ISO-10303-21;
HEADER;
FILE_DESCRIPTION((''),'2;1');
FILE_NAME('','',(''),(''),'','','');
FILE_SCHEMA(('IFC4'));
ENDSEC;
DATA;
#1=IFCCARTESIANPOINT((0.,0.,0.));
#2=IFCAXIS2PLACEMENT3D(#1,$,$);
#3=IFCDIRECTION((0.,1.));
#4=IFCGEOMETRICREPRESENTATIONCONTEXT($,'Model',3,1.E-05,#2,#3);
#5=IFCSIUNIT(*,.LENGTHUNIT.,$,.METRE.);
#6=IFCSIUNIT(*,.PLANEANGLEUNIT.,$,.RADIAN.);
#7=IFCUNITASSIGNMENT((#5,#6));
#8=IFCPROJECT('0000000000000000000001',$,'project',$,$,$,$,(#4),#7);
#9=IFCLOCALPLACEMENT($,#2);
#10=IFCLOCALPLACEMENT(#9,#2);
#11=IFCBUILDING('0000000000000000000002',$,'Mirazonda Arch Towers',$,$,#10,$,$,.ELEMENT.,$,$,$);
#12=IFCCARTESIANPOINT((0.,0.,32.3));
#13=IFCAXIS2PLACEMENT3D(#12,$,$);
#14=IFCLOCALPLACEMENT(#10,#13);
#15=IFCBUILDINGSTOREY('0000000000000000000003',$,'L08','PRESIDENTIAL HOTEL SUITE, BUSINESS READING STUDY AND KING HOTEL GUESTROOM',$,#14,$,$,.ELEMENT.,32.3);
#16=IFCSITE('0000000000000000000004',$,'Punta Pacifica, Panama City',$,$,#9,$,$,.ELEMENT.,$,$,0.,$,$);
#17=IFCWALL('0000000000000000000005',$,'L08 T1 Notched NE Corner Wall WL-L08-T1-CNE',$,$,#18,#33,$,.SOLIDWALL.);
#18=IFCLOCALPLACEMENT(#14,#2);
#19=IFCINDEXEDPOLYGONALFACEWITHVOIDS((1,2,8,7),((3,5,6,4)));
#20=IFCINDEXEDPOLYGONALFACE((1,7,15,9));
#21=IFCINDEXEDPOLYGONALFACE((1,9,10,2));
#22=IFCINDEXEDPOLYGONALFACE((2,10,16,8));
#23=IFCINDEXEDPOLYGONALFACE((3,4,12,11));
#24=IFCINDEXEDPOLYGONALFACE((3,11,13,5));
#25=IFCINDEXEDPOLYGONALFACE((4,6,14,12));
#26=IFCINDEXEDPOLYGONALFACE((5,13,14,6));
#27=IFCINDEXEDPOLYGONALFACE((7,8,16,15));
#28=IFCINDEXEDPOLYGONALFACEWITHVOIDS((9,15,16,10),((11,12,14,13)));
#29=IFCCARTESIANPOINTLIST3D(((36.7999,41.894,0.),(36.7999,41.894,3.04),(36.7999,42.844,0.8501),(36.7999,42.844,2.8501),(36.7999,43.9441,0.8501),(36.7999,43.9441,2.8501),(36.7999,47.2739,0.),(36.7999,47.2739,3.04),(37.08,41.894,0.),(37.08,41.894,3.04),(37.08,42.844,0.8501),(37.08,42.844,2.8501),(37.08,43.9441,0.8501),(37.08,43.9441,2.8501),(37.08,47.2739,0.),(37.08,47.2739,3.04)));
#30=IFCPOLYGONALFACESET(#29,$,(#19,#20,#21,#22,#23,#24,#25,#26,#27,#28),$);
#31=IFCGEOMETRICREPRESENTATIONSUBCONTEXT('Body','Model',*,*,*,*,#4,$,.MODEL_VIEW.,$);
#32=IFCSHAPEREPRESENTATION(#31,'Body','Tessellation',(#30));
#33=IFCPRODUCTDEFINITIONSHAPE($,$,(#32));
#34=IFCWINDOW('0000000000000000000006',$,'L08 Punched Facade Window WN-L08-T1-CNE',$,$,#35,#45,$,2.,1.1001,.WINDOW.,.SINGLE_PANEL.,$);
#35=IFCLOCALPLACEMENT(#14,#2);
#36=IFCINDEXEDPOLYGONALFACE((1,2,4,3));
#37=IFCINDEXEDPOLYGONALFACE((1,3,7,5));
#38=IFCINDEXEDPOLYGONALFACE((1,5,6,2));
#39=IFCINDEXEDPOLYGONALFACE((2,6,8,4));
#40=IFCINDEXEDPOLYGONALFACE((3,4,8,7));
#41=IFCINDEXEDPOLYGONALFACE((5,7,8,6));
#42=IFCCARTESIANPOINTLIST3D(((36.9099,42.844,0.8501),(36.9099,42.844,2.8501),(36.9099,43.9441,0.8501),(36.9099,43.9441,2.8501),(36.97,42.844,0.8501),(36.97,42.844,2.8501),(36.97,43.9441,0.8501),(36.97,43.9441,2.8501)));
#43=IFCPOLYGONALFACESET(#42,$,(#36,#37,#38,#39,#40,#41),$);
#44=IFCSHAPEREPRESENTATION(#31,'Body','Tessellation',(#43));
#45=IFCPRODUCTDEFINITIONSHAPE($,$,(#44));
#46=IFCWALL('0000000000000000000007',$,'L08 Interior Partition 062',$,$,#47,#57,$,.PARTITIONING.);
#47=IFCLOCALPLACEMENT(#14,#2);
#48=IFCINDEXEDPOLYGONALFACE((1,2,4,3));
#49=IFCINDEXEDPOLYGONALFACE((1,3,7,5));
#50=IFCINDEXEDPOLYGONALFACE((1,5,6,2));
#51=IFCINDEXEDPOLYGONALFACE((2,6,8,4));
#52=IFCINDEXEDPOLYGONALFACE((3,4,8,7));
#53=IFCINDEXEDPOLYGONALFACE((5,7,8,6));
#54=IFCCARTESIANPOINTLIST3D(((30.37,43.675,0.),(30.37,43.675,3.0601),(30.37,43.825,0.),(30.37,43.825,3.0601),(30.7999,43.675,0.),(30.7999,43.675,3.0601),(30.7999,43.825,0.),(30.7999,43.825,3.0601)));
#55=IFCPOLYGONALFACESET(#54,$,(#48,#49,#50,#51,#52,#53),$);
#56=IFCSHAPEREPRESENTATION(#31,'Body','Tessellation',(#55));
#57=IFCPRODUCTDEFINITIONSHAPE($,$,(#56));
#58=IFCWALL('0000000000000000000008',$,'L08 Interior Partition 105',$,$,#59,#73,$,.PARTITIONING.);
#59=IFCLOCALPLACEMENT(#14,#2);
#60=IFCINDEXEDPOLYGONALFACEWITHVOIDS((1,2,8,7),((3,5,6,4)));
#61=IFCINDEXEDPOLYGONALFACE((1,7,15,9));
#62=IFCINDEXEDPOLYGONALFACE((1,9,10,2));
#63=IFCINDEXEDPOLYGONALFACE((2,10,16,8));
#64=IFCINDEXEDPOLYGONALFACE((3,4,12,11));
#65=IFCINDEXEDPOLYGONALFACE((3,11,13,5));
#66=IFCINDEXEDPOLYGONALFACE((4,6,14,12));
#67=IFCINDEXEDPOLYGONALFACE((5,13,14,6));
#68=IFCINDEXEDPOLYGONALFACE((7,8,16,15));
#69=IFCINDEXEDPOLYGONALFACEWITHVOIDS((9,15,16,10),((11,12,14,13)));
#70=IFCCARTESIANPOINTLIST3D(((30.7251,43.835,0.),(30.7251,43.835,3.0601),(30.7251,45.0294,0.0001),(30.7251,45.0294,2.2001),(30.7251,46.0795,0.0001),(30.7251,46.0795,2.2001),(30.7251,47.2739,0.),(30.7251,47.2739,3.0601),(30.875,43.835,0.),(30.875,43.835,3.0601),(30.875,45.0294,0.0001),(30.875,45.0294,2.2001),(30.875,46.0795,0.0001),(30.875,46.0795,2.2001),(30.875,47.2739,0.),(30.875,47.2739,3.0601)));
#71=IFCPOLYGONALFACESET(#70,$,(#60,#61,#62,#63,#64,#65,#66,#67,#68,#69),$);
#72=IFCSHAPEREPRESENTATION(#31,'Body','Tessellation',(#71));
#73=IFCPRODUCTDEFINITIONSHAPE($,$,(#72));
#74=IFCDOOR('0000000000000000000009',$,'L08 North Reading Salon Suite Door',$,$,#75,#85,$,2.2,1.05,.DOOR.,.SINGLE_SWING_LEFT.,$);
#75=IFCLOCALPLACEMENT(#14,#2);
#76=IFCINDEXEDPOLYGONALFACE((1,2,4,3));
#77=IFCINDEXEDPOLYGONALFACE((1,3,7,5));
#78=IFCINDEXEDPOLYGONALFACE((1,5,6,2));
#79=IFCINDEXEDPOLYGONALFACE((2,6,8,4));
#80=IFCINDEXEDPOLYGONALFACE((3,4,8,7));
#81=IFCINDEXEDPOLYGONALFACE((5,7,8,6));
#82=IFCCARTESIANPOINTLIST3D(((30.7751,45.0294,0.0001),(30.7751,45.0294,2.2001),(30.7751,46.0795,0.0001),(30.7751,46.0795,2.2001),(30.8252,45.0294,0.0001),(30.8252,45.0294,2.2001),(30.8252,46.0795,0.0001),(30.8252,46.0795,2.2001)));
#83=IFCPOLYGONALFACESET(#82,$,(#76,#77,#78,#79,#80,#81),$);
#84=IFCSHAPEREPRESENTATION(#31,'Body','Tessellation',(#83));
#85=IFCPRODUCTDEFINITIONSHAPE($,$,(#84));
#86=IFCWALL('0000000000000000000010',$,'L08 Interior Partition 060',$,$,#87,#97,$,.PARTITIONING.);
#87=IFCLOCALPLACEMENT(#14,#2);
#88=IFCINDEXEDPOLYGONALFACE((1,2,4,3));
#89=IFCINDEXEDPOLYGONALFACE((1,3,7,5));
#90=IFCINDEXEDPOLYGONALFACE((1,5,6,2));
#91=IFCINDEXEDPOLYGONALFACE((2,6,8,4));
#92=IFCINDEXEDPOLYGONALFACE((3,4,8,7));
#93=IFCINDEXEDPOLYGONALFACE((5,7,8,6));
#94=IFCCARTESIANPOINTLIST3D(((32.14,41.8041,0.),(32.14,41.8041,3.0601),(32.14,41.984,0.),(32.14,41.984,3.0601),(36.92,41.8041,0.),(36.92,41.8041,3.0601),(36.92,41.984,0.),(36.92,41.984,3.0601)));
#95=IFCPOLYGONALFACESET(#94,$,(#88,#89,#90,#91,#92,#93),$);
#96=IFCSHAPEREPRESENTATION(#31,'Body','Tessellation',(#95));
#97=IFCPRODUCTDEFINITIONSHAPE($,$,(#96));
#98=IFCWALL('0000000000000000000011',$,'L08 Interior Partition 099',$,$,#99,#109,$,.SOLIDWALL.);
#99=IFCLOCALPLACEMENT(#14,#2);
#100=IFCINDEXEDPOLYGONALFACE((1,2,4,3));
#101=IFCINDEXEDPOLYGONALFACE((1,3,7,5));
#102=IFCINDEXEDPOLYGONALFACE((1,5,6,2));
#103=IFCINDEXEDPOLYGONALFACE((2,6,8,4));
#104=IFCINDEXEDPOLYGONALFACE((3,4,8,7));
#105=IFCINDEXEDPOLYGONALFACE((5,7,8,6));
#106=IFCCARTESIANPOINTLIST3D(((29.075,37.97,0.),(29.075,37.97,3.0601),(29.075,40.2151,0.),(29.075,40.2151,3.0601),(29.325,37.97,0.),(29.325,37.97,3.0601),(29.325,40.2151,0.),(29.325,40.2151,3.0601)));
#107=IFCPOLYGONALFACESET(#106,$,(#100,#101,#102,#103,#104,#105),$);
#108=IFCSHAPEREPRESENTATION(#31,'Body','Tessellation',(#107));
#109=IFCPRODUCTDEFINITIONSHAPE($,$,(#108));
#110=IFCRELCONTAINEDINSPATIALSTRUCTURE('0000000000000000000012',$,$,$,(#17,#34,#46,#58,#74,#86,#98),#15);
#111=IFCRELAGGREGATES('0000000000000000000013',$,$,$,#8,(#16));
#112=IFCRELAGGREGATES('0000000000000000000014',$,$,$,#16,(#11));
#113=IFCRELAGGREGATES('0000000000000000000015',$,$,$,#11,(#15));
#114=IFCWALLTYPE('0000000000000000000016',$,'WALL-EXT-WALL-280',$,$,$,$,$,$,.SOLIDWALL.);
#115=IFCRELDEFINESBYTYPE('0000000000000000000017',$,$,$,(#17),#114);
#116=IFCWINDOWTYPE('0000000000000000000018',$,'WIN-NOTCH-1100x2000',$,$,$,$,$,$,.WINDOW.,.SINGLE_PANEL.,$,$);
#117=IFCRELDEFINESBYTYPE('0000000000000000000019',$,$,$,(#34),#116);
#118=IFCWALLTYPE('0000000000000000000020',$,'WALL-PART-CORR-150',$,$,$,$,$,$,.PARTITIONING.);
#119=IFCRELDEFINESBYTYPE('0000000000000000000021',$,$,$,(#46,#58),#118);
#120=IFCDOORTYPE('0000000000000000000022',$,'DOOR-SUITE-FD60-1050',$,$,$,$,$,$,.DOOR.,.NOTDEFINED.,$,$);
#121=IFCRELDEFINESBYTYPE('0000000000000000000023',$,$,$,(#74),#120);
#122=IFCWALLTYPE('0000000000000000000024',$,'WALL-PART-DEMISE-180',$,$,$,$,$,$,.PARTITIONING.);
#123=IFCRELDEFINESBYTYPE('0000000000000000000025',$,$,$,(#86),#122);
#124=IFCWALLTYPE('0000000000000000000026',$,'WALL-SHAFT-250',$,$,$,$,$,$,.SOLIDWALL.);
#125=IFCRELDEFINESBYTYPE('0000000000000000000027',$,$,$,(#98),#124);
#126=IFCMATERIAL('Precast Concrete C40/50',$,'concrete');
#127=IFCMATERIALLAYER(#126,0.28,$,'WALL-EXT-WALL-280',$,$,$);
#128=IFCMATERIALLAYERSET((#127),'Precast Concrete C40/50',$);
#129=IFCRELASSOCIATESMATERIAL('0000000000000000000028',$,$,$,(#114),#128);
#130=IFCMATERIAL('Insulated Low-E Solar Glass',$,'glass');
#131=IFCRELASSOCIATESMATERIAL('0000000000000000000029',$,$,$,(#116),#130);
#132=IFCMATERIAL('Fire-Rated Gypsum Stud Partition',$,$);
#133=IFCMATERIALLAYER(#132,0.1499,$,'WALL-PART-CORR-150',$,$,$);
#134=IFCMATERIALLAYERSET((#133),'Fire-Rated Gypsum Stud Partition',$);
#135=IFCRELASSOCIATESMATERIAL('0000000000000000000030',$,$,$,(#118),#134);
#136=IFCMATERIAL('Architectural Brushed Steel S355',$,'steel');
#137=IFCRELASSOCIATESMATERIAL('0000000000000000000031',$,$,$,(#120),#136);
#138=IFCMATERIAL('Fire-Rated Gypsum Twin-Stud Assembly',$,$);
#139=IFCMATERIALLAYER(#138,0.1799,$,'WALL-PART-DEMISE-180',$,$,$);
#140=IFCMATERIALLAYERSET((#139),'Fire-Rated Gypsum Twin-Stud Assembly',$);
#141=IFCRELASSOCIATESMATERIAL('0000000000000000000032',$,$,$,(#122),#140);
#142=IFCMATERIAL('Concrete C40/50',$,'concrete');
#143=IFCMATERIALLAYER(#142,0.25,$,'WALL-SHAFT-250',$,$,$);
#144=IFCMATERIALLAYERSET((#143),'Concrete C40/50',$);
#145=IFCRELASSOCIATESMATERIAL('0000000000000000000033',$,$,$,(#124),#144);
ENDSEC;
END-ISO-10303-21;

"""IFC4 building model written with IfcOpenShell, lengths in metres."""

from ifc_helpers import new_model, si_unit, direction, frame, frame_2d, origin, place, context, subcontext, project, spatial, rectangle, extrude, material, layer, layer_set, type_object, element, fill, save


model = new_model("IFC4")

# Units and contexts
model_context = context("Model", 3, precision=1e-05, world=origin(), true_north=direction((0.0, 1.0)))
body_context = subcontext(model_context, "Body", "Model", "MODEL_VIEW")
ifc_project = project(units=[si_unit("LENGTHUNIT", "METRE"), si_unit("PLANEANGLEUNIT", "RADIAN")], contexts=[model_context])

# Site, building, storey
site_placement = place(None, origin())
site = spatial("IfcSite", under=ifc_project, at=site_placement, Name="Punta Pacifica, Panama City", CompositionType="ELEMENT", RefElevation=0.0)
building_placement = place(site_placement, origin())
building = spatial("IfcBuilding", under=site, at=building_placement, Name="Mirazonda Arch Towers", CompositionType="ELEMENT")
storey_placement = place(building_placement, frame((0.0, 0.0, 32.3)))
storey = spatial("IfcBuildingStorey", under=building, at=storey_placement, Name="L08", Description="PRESIDENTIAL HOTEL SUITE, BUSINESS READING STUDY AND KING HOTEL GUESTROOM", CompositionType="ELEMENT", Elevation=32.3)

# Shared definitions
ifc_material_1 = material(Name="Insulated Low-E Solar Glass", Category="glass")

# Wall, opening, window
ifc_material_2 = material(Name="Precast Concrete C40/50", Category="concrete")
ifc_layer_1 = layer(ifc_material_2, 0.28, Name="WALL-EXT-WALL-280")
ifc_layer_set_1 = layer_set([ifc_layer_1], Name="Precast Concrete C40/50")
wall_type_1 = type_object("IfcWallType", Name="WALL-EXT-WALL-280", PredefinedType="SOLIDWALL", material=ifc_layer_set_1)
wall_1_placement = place(storey_placement, frame((36.9399, 41.894, 0.0), z_axis=(0.0, 0.0, 1.0), x_axis=(0.0, 1.0, 0.0)))
wall_1 = element("IfcWall", 1, at=wall_1_placement, inside=storey, type_object=wall_type_1, Name="L08 T1 Notched NE Corner Wall WL-L08-T1-CNE", PredefinedType="SOLIDWALL", context=body_context, shape_type="SweptSolid", body=[
    extrude(rectangle(XDim=5.3799, YDim=0.28, at=frame_2d((2.6899, 0.0))), origin(), (0.0, 0.0, 1.0), 3.04),
])
opening_1_placement = place(wall_1_placement, frame((0.95, 0.0, 0.8501)))
opening_1 = element("IfcOpeningElement", 2, at=opening_1_placement, cuts=wall_1, PredefinedType="OPENING", context=body_context, shape_type="SweptSolid", body=[
    extrude(rectangle(XDim=1.1001, YDim=2.0, at=frame_2d((0.55, 1.0))), frame((0.0, 0.1499, 0.0), z_axis=(0.0, -1.0, 0.0), x_axis=(1.0, 0.0, 0.0)), (0.0, 0.0, 1.0), 0.3),
])
window_type = type_object("IfcWindowType", Name="WIN-NOTCH-1100x2000", PartitioningType="SINGLE_PANEL", PredefinedType="WINDOW", material=ifc_material_1)
window_placement = place(opening_1_placement, origin())
window = element("IfcWindow", 3, at=window_placement, inside=storey, type_object=window_type, Name="L08 Punched Facade Window WN-L08-T1-CNE", OverallHeight=2.0, OverallWidth=1.1001, PartitioningType="SINGLE_PANEL", PredefinedType="WINDOW", context=body_context, shape_type="SweptSolid", body=[
    extrude(rectangle(XDim=1.1001, YDim=2.0, at=frame_2d((0.55, 1.0))), frame((0.0, 0.03, 0.0), z_axis=(0.0, -1.0, 0.0), x_axis=(1.0, 0.0, 0.0)), (0.0, 0.0, 1.0), 0.0601),
])
fill(opening_1, window)

# Wall
ifc_material_3 = material(Name="Fire-Rated Gypsum Stud Partition")
ifc_layer_2 = layer(ifc_material_3, 0.1499, Name="WALL-PART-CORR-150")
ifc_layer_set_2 = layer_set([ifc_layer_2], Name="Fire-Rated Gypsum Stud Partition")
wall_type_2 = type_object("IfcWallType", Name="WALL-PART-CORR-150", PredefinedType="PARTITIONING", material=ifc_layer_set_2)
wall_2_placement = place(storey_placement, frame((30.3701, 43.75, 0.0), z_axis=(0.0, 0.0, 1.0), x_axis=(1.0, 0.0, 0.0)))
element("IfcWall", 4, at=wall_2_placement, inside=storey, type_object=wall_type_2, Name="L08 Interior Partition 062", PredefinedType="PARTITIONING", context=body_context, shape_type="SweptSolid", body=[
    extrude(rectangle(XDim=0.4299, YDim=0.1499, at=frame_2d((0.2148, 0.0))), origin(), (0.0, 0.0, 1.0), 3.0601),
])

# Wall, opening, door
wall_3_placement = place(storey_placement, frame((30.8, 43.835, 0.0), z_axis=(0.0, 0.0, 1.0), x_axis=(0.0, 1.0, 0.0)))
wall_3 = element("IfcWall", 5, at=wall_3_placement, inside=storey, type_object=wall_type_2, Name="L08 Interior Partition 105", PredefinedType="PARTITIONING", context=body_context, shape_type="SweptSolid", body=[
    extrude(rectangle(XDim=3.439, YDim=0.1499, at=frame_2d((1.7195, 0.0))), origin(), (0.0, 0.0, 1.0), 3.0601),
])
opening_2_placement = place(wall_3_placement, frame((1.1946, 0.0, 0.0)))
opening_2 = element("IfcOpeningElement", 6, at=opening_2_placement, cuts=wall_3, PredefinedType="OPENING", context=body_context, shape_type="SweptSolid", body=[
    extrude(rectangle(XDim=1.05, YDim=2.2, at=frame_2d((0.5249, 1.1001))), frame((0.0, 0.085, 0.0), z_axis=(0.0, -1.0, 0.0), x_axis=(1.0, 0.0, 0.0)), (0.0, 0.0, 1.0), 0.1699),
])
ifc_material_4 = material(Name="Architectural Brushed Steel S355", Category="steel")
door_type_1 = type_object("IfcDoorType", Name="DOOR-SUITE-FD60-1050", OperationType="NOTDEFINED", PredefinedType="DOOR", material=ifc_material_4)
door_1_placement = place(opening_2_placement, origin())
door_1 = element("IfcDoor", 7, at=door_1_placement, inside=storey, type_object=door_type_1, Name="L08 North Reading Salon Suite Door", OperationType="SINGLE_SWING_LEFT", OverallHeight=2.2, OverallWidth=1.05, PredefinedType="DOOR", context=body_context, shape_type="SweptSolid", body=[
    extrude(rectangle(XDim=1.05, YDim=2.2, at=frame_2d((0.5249, 1.1001))), frame((0.0, 0.0249, 0.0), z_axis=(0.0, -1.0, 0.0), x_axis=(1.0, 0.0, 0.0)), (0.0, 0.0, 1.0), 0.05),
])
fill(opening_2, door_1)

# Wall
ifc_material_5 = material(Name="Fire-Rated Gypsum Twin-Stud Assembly")
ifc_layer_3 = layer(ifc_material_5, 0.1799, Name="WALL-PART-DEMISE-180")
ifc_layer_set_3 = layer_set([ifc_layer_3], Name="Fire-Rated Gypsum Twin-Stud Assembly")
wall_type_3 = type_object("IfcWallType", Name="WALL-PART-DEMISE-180", PredefinedType="PARTITIONING", material=ifc_layer_set_3)
wall_4_placement = place(storey_placement, frame((32.1399, 41.894, 0.0), z_axis=(0.0, 0.0, 1.0), x_axis=(1.0, 0.0, 0.0)))
element("IfcWall", 8, at=wall_4_placement, inside=storey, type_object=wall_type_3, Name="L08 Interior Partition 060", PredefinedType="PARTITIONING", context=body_context, shape_type="SweptSolid", body=[
    extrude(rectangle(XDim=4.78, YDim=0.1799, at=frame_2d((2.3901, 0.0))), origin(), (0.0, 0.0, 1.0), 3.0601),
])

# Wall
ifc_material_6 = material(Name="Concrete C40/50", Category="concrete")
ifc_layer_4 = layer(ifc_material_6, 0.25, Name="WALL-SHAFT-250")
ifc_layer_set_4 = layer_set([ifc_layer_4], Name="Concrete C40/50")
wall_type_4 = type_object("IfcWallType", Name="WALL-SHAFT-250", PredefinedType="SOLIDWALL", material=ifc_layer_set_4)
wall_5_placement = place(storey_placement, frame((29.2, 37.97, 0.0), z_axis=(0.0, 0.0, 1.0), x_axis=(0.0, 1.0, 0.0)))
element("IfcWall", 9, at=wall_5_placement, inside=storey, type_object=wall_type_4, Name="L08 Interior Partition 099", PredefinedType="SOLIDWALL", context=body_context, shape_type="SweptSolid", body=[
    extrude(rectangle(XDim=2.2451, YDim=0.25, at=frame_2d((1.1226, 0.0))), origin(), (0.0, 0.0, 1.0), 3.0601),
])

save(model, "model.ifc")
